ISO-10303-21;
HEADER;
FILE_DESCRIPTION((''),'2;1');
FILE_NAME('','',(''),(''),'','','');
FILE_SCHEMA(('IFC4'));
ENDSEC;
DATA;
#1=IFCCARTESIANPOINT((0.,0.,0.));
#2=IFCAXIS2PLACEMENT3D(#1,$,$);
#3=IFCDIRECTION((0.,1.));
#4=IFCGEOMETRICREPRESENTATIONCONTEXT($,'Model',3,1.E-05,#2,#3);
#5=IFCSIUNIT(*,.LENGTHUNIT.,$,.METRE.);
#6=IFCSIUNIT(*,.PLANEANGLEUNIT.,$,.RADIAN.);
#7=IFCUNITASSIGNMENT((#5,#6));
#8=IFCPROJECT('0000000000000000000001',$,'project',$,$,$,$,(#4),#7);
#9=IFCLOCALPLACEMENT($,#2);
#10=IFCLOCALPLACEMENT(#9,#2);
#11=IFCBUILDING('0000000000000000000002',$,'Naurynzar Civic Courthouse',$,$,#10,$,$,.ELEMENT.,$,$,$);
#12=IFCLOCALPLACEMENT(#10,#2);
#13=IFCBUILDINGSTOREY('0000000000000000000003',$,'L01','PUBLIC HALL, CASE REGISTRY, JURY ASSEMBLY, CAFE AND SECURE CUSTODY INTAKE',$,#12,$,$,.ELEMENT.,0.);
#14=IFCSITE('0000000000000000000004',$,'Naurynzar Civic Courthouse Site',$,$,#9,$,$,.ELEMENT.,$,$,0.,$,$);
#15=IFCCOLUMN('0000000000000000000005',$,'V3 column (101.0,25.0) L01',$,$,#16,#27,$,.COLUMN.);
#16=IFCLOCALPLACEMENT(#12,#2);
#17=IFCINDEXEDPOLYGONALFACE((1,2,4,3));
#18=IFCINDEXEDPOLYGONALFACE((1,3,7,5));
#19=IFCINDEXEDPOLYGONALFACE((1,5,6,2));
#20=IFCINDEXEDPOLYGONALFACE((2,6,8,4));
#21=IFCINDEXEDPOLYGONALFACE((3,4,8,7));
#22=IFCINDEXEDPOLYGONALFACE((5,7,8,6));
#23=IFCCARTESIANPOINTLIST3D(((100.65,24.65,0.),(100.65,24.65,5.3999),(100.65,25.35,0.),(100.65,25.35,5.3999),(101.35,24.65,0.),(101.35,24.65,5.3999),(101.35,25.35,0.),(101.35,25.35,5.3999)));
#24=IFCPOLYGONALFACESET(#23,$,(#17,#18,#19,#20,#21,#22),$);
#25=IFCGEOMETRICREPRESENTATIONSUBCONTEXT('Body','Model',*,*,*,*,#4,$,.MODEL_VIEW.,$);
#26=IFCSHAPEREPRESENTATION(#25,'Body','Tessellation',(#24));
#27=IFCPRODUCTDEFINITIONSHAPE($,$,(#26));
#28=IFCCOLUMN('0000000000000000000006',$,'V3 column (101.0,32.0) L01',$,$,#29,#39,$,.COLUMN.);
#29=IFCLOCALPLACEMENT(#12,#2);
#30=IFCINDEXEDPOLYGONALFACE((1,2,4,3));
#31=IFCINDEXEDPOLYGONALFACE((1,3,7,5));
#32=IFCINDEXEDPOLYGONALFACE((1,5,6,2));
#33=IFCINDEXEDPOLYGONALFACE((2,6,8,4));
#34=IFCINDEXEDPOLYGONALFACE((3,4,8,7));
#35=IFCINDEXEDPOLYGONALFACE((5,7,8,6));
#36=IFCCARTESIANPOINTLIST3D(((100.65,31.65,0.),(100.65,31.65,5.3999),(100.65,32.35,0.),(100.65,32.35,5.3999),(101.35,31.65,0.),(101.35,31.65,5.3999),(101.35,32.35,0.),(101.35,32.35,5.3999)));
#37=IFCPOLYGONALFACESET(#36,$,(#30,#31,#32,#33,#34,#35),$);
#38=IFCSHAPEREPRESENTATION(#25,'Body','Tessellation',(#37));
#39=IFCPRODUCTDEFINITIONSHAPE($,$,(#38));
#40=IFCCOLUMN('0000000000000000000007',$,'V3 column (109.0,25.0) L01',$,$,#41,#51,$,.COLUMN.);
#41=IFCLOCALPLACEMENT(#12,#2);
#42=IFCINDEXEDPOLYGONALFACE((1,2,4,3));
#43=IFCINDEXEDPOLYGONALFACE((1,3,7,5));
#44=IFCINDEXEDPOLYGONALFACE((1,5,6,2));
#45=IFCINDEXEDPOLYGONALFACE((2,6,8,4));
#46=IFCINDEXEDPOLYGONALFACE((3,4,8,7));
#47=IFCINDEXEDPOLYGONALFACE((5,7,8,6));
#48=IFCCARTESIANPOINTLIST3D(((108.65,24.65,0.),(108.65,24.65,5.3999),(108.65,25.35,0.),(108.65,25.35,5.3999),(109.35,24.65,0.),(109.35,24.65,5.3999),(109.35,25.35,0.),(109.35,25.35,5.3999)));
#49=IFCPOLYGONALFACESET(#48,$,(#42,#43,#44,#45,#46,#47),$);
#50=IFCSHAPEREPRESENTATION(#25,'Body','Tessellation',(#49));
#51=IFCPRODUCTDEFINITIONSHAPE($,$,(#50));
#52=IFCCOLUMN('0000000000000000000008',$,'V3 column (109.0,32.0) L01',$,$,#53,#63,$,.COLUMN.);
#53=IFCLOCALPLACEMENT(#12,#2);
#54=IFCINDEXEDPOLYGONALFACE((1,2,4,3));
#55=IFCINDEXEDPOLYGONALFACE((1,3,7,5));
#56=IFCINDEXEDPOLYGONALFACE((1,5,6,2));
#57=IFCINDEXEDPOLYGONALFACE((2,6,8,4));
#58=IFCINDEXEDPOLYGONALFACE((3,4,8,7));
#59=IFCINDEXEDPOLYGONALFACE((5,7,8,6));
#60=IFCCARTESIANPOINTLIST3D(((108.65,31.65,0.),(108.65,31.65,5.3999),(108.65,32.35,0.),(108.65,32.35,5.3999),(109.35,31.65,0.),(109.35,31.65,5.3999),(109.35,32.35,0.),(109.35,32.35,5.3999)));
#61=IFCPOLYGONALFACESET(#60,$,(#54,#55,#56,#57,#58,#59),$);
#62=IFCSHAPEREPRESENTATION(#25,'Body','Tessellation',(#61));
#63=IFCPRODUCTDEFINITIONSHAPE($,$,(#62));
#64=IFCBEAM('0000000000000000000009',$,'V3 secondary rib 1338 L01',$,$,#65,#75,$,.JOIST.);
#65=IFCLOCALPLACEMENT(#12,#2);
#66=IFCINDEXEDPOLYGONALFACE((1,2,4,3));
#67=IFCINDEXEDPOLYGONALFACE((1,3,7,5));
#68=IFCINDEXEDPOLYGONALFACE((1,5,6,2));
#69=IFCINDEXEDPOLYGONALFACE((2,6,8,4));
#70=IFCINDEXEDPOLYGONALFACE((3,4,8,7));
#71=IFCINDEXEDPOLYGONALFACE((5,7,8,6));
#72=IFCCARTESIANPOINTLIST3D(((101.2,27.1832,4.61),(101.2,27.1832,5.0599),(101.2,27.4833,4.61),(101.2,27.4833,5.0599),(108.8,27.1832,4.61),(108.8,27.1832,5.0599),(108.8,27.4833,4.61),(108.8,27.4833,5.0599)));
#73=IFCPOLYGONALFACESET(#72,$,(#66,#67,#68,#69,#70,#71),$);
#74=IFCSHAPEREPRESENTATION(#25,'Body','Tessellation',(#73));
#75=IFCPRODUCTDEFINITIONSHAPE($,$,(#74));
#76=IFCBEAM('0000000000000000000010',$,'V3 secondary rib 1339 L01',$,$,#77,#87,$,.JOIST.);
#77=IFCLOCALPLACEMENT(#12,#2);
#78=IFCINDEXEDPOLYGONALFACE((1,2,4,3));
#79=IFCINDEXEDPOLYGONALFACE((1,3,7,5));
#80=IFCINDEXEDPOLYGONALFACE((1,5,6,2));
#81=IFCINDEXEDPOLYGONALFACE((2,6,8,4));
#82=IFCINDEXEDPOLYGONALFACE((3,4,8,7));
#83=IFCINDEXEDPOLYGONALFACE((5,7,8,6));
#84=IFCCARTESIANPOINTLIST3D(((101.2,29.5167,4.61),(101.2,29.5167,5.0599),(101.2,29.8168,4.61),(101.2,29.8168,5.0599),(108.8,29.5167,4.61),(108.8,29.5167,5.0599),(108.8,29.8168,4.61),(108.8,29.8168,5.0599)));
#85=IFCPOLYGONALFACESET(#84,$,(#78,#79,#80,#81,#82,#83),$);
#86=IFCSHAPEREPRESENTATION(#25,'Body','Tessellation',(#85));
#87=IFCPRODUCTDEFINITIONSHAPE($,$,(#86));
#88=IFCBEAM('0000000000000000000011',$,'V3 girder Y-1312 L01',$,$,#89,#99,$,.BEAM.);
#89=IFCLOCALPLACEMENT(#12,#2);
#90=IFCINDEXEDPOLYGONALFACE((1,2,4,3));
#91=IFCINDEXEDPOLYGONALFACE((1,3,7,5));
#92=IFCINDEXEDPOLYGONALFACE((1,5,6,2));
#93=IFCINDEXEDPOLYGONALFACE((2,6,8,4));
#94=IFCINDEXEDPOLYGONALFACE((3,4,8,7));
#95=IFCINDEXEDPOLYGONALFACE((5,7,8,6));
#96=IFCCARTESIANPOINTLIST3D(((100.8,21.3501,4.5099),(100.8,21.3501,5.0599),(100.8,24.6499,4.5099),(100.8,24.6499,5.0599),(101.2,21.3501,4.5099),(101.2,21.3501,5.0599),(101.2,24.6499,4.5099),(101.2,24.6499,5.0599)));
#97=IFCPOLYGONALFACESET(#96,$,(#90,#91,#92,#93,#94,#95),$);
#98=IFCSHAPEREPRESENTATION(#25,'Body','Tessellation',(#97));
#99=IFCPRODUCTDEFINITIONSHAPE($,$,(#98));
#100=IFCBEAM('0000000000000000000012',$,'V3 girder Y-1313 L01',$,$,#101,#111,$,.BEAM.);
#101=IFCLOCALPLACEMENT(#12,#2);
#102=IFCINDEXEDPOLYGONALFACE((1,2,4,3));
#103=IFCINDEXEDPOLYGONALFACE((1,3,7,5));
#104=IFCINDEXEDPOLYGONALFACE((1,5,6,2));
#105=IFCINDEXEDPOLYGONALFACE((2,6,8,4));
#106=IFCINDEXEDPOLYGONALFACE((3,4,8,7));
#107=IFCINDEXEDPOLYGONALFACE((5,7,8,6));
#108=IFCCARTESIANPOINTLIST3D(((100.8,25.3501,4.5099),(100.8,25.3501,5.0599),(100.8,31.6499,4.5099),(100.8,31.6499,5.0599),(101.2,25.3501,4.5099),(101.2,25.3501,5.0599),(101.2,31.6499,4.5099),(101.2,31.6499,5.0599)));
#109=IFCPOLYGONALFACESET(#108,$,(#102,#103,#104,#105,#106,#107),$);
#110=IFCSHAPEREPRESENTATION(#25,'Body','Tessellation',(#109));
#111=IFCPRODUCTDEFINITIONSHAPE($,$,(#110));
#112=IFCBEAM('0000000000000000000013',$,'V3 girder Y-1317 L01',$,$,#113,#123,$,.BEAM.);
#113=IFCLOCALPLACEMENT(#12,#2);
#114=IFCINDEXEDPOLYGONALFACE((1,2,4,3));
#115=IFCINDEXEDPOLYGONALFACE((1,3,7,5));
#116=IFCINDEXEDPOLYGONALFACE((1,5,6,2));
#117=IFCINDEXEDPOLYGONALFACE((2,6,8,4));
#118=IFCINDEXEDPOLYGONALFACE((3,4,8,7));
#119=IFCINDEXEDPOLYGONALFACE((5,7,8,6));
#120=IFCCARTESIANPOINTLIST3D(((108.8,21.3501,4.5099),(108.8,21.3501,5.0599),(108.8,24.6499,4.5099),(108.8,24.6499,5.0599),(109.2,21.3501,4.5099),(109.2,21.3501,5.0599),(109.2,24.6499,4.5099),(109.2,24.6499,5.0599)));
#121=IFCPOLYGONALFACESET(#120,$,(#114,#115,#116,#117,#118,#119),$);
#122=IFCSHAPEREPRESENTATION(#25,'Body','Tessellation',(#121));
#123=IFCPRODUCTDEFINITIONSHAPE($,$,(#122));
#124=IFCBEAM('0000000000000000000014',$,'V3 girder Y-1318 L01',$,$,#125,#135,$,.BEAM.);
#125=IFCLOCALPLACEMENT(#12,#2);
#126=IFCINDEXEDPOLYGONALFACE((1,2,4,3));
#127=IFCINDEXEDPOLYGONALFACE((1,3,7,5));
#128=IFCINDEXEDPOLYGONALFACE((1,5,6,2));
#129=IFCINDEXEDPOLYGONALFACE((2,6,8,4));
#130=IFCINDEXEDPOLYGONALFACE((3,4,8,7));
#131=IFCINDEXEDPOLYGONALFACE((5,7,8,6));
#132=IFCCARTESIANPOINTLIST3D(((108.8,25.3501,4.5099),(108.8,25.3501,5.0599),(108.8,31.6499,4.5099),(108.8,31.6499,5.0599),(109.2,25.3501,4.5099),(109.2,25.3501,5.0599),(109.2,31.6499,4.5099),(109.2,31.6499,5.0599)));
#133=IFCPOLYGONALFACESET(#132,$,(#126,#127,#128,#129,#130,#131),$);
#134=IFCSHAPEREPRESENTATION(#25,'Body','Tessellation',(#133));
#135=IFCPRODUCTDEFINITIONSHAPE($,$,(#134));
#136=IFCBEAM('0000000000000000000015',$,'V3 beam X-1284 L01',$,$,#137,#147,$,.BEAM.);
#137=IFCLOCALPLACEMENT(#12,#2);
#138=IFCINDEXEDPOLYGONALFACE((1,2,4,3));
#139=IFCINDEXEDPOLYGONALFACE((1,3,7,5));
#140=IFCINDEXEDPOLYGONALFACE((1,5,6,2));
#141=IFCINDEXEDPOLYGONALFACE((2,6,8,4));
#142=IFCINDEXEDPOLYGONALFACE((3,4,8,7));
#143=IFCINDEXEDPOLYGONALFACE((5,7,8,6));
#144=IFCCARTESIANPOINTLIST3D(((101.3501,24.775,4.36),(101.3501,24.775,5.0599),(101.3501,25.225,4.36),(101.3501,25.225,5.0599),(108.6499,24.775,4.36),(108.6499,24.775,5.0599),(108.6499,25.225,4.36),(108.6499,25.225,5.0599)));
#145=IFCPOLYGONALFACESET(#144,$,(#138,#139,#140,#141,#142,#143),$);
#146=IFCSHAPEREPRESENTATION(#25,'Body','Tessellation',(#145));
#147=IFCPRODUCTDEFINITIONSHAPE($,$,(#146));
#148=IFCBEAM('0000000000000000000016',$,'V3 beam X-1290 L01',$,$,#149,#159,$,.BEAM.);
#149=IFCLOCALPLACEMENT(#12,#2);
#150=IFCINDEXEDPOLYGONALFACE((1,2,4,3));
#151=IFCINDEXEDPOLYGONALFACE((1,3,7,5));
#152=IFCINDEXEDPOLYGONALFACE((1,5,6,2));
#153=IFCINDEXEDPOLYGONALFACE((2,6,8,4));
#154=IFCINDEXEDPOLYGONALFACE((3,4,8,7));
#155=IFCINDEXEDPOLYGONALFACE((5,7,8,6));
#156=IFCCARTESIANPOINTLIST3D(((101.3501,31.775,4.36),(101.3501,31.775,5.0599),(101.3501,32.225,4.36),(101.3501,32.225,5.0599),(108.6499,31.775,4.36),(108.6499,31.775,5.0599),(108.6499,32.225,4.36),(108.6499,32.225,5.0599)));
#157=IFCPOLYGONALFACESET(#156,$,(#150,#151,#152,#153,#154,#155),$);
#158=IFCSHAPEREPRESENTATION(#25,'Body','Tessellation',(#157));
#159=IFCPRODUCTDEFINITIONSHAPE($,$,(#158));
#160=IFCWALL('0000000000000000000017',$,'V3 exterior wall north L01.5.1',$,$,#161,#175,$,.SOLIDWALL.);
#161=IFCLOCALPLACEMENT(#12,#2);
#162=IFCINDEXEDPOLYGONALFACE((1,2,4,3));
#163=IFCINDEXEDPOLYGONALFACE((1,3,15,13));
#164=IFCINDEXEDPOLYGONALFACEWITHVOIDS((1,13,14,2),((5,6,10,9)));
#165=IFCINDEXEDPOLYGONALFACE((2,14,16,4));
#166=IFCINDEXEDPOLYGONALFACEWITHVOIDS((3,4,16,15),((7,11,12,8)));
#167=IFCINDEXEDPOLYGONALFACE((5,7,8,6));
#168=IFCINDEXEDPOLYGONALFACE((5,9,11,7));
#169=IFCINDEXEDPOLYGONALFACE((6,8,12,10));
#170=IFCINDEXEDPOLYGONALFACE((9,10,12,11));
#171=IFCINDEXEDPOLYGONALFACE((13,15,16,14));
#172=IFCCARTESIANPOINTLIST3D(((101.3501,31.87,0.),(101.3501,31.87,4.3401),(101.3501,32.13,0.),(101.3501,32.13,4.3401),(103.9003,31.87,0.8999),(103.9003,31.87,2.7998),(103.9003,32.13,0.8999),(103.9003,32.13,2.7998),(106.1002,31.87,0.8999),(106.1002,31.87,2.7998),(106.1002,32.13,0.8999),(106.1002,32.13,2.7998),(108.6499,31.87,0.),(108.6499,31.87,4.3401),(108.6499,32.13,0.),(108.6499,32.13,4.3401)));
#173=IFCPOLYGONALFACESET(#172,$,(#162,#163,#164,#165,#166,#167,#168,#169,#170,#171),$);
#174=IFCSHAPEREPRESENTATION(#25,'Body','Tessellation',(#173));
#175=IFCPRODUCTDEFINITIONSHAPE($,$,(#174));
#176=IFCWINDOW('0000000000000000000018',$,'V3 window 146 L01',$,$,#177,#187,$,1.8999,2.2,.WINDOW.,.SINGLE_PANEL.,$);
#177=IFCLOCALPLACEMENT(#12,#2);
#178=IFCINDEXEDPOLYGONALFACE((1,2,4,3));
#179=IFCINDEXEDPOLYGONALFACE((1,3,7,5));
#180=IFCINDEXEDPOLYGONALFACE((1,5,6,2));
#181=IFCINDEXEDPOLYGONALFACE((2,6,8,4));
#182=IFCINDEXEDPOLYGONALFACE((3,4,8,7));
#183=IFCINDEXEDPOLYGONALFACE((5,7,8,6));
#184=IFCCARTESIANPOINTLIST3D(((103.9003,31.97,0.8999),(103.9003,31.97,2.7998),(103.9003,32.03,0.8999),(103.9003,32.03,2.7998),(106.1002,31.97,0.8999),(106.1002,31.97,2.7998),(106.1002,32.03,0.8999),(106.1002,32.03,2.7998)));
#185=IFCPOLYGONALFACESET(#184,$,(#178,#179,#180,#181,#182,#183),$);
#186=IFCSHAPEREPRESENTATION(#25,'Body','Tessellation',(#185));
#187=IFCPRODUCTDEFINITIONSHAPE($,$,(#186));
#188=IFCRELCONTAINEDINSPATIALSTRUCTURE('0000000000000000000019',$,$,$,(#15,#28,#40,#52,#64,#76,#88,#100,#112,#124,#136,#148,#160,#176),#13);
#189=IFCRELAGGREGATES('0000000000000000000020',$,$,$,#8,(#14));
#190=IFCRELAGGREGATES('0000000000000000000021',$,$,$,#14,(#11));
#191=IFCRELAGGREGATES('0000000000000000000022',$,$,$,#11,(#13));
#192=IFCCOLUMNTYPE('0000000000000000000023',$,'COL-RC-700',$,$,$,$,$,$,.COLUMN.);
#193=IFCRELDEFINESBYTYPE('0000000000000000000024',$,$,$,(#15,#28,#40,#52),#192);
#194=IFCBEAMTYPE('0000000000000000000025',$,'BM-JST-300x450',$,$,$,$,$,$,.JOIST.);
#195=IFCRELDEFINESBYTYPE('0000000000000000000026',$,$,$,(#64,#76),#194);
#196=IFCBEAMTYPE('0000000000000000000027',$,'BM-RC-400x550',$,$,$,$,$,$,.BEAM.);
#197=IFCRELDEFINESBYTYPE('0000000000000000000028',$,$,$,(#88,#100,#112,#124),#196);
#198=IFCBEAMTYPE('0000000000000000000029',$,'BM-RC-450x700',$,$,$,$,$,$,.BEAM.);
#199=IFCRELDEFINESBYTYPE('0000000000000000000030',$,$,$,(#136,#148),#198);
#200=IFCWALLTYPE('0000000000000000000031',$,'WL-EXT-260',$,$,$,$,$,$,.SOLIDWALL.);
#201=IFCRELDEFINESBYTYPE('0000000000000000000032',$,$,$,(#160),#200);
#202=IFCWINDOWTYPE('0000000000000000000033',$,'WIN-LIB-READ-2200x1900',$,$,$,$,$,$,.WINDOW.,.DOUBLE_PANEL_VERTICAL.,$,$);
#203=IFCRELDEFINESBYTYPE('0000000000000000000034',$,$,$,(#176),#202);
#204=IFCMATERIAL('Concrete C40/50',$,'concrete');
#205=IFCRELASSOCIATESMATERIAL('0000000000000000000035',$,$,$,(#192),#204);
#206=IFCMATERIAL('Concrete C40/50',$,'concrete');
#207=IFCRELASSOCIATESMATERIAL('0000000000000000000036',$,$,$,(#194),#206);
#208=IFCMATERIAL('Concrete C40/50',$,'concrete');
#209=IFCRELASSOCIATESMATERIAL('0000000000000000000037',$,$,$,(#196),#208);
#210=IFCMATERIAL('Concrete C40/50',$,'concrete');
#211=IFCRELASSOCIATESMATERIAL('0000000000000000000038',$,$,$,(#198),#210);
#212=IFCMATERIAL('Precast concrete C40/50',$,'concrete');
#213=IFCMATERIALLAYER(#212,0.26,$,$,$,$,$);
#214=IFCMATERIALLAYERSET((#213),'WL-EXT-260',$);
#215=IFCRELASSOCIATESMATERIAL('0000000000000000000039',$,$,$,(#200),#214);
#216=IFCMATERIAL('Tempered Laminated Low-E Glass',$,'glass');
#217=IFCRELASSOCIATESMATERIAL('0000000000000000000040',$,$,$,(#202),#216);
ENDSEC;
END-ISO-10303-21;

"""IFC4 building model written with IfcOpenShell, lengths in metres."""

from ifc_helpers import new_model, si_unit, direction, frame, frame_2d, origin, origin_2d, place, context, subcontext, project, spatial, rectangle, extrude, material, layer, layer_set, material_profile, profile_set, type_object, element, fill, save


model = new_model("IFC4")

# Units and contexts
model_context = context("Model", 3, precision=1e-05, world=origin(), true_north=direction((0.0, 1.0)))
body_context = subcontext(model_context, "Body", "Model", "MODEL_VIEW")
ifc_project = project(units=[si_unit("LENGTHUNIT", "METRE"), si_unit("PLANEANGLEUNIT", "RADIAN")], contexts=[model_context])

# Site, building, storey
site_placement = place(None, origin())
site = spatial("IfcSite", under=ifc_project, at=site_placement, Name="Naurynzar Civic Courthouse Site", CompositionType="ELEMENT", RefElevation=0.0)
building_placement = place(site_placement, origin())
building = spatial("IfcBuilding", under=site, at=building_placement, Name="Naurynzar Civic Courthouse", CompositionType="ELEMENT")
storey_placement = place(building_placement, origin())
storey = spatial("IfcBuildingStorey", under=building, at=storey_placement, Name="L01", Description="PUBLIC HALL, CASE REGISTRY, JURY ASSEMBLY, CAFE AND SECURE CUSTODY INTAKE", CompositionType="ELEMENT", Elevation=0.0)

# Columns
ifc_material_1 = material(Name="Concrete C40/50", Category="concrete")
ifc_material_profile_1 = material_profile(ifc_material_1, rectangle(XDim=0.7, YDim=0.7, at=origin_2d()), Name="RC 700x700")
ifc_profile_set_1 = profile_set([ifc_material_profile_1], Name="Concrete C40/50")
column_type = type_object("IfcColumnType", Name="COL-RC-700", PredefinedType="COLUMN", material=ifc_profile_set_1)
for number, where, z_axis, x_axis, name in (
    (1, (101.0, 25.0, 0.0), (0.0, 0.0, 1.0), (1.0, 0.0, 0.0), "V3 column (101.0,25.0) L01"),
    (2, (101.0, 32.0, 0.0), (0.0, 0.0, 1.0), (1.0, 0.0, 0.0), "V3 column (101.0,32.0) L01"),
    (3, (109.0, 25.0, 0.0), (0.0, 0.0, 1.0), (1.0, 0.0, 0.0), "V3 column (109.0,25.0) L01"),
    (4, (109.0, 32.0, 0.0), (0.0, 0.0, 1.0), (1.0, 0.0, 0.0), "V3 column (109.0,32.0) L01"),
):
    element("IfcColumn", number, at=place(storey_placement, frame(where, z_axis=z_axis, x_axis=x_axis)), inside=storey, type_object=column_type, Name=name, PredefinedType="COLUMN", context=body_context, shape_type="SweptSolid", body=[
        extrude(rectangle(XDim=0.7, YDim=0.7, at=origin_2d()), origin(), (0.0, 0.0, 1.0), 5.3999),
    ])

# Beams
ifc_material_2 = material(Name="Concrete C40/50", Category="concrete")
ifc_material_profile_2 = material_profile(ifc_material_2, rectangle(XDim=0.3, YDim=0.45, at=origin_2d()), Name="RCJ 300x450")
ifc_profile_set_2 = profile_set([ifc_material_profile_2], Name="Concrete C40/50")
beam_type_1 = type_object("IfcBeamType", Name="BM-JST-300x450", PredefinedType="JOIST", material=ifc_profile_set_2)
for number, where, z_axis, x_axis, name in (
    (5, (101.2, 27.3333, 4.835), (1.0, 0.0, 0.0), (0.0, 1.0, 0.0), "V3 secondary rib 1338 L01"),
    (6, (101.2, 29.6667, 4.835), (1.0, 0.0, 0.0), (0.0, 1.0, 0.0), "V3 secondary rib 1339 L01"),
):
    element("IfcBeam", number, at=place(storey_placement, frame(where, z_axis=z_axis, x_axis=x_axis)), inside=storey, type_object=beam_type_1, Name=name, PredefinedType="JOIST", context=body_context, shape_type="SweptSolid", body=[
        extrude(rectangle(XDim=0.3, YDim=0.45, at=origin_2d()), origin(), (0.0, 0.0, 1.0), 7.6001),
    ])
ifc_material_3 = material(Name="Concrete C40/50", Category="concrete")
ifc_material_profile_3 = material_profile(ifc_material_3, rectangle(XDim=0.3999, YDim=0.55, at=origin_2d()), Name="RCB 400x550")
ifc_profile_set_3 = profile_set([ifc_material_profile_3], Name="Concrete C40/50")
beam_type_2 = type_object("IfcBeamType", Name="BM-RC-400x550", PredefinedType="BEAM", material=ifc_profile_set_3)
beam_1_placement = place(storey_placement, frame((101.0, 21.3501, 4.7849), z_axis=(0.0, 1.0, 0.0), x_axis=(-1.0, 0.0, 0.0)))
element("IfcBeam", 7, at=beam_1_placement, inside=storey, type_object=beam_type_2, Name="V3 girder Y-1312 L01", PredefinedType="BEAM", context=body_context, shape_type="SweptSolid", body=[
    extrude(rectangle(XDim=0.3999, YDim=0.55, at=origin_2d()), origin(), (0.0, 0.0, 1.0), 3.2998),
])
beam_2_placement = place(storey_placement, frame((101.0, 25.3501, 4.7849), z_axis=(0.0, 1.0, 0.0), x_axis=(-1.0, 0.0, 0.0)))
element("IfcBeam", 8, at=beam_2_placement, inside=storey, type_object=beam_type_2, Name="V3 girder Y-1313 L01", PredefinedType="BEAM", context=body_context, shape_type="SweptSolid", body=[
    extrude(rectangle(XDim=0.3999, YDim=0.55, at=origin_2d()), origin(), (0.0, 0.0, 1.0), 6.2998),
])
beam_3_placement = place(storey_placement, frame((109.0, 21.3501, 4.7849), z_axis=(0.0, 1.0, 0.0), x_axis=(-1.0, 0.0, 0.0)))
element("IfcBeam", 9, at=beam_3_placement, inside=storey, type_object=beam_type_2, Name="V3 girder Y-1317 L01", PredefinedType="BEAM", context=body_context, shape_type="SweptSolid", body=[
    extrude(rectangle(XDim=0.3999, YDim=0.55, at=origin_2d()), origin(), (0.0, 0.0, 1.0), 3.2998),
])
beam_4_placement = place(storey_placement, frame((109.0, 25.3501, 4.7849), z_axis=(0.0, 1.0, 0.0), x_axis=(-1.0, 0.0, 0.0)))
element("IfcBeam", 10, at=beam_4_placement, inside=storey, type_object=beam_type_2, Name="V3 girder Y-1318 L01", PredefinedType="BEAM", context=body_context, shape_type="SweptSolid", body=[
    extrude(rectangle(XDim=0.3999, YDim=0.55, at=origin_2d()), origin(), (0.0, 0.0, 1.0), 6.2998),
])
ifc_material_4 = material(Name="Concrete C40/50", Category="concrete")
ifc_material_profile_4 = material_profile(ifc_material_4, rectangle(XDim=0.45, YDim=0.7, at=origin_2d()), Name="RCB 450x700")
ifc_profile_set_4 = profile_set([ifc_material_profile_4], Name="Concrete C40/50")
beam_type_3 = type_object("IfcBeamType", Name="BM-RC-450x700", PredefinedType="BEAM", material=ifc_profile_set_4)
for number, where, z_axis, x_axis, name in (
    (11, (101.3501, 25.0, 4.71), (1.0, 0.0, 0.0), (0.0, 1.0, 0.0), "V3 beam X-1284 L01"),
    (12, (101.3501, 32.0, 4.71), (1.0, 0.0, 0.0), (0.0, 1.0, 0.0), "V3 beam X-1290 L01"),
):
    element("IfcBeam", number, at=place(storey_placement, frame(where, z_axis=z_axis, x_axis=x_axis)), inside=storey, type_object=beam_type_3, Name=name, PredefinedType="BEAM", context=body_context, shape_type="SweptSolid", body=[
        extrude(rectangle(XDim=0.45, YDim=0.7, at=origin_2d()), origin(), (0.0, 0.0, 1.0), 7.2998),
    ])

# Wall, opening, window
ifc_material_5 = material(Name="Precast concrete C40/50", Category="concrete")
ifc_layer_1 = layer(ifc_material_5, 0.26)
ifc_layer_set_1 = layer_set([ifc_layer_1], Name="WL-EXT-260")
wall_type_1 = type_object("IfcWallType", Name="WL-EXT-260", PredefinedType="SOLIDWALL", material=ifc_layer_set_1)
wall_1_placement = place(storey_placement, frame((101.3501, 32.0, 0.0), z_axis=(0.0, 0.0, 1.0), x_axis=(1.0, 0.0, 0.0)))
wall_1 = element("IfcWall", 13, at=wall_1_placement, inside=storey, type_object=wall_type_1, Name="V3 exterior wall north L01.5.1", PredefinedType="SOLIDWALL", context=body_context, shape_type="SweptSolid", body=[
    extrude(rectangle(XDim=7.2998, YDim=0.26, at=frame_2d((3.6499, 0.0))), origin(), (0.0, 0.0, 1.0), 4.3401),
])
opening_1_placement = place(wall_1_placement, frame((2.55, 0.0, 0.8999)))
opening_1 = element("IfcOpeningElement", 14, at=opening_1_placement, cuts=wall_1, PredefinedType="OPENING", context=body_context, shape_type="SweptSolid", body=[
    extrude(rectangle(XDim=2.2, YDim=1.8999, at=frame_2d((1.1001, 0.95))), frame((0.0, 0.1399, 0.0), z_axis=(0.0, -1.0, 0.0), x_axis=(1.0, 0.0, 0.0)), (0.0, 0.0, 1.0), 0.28),
])
ifc_material_6 = material(Name="Tempered Laminated Low-E Glass", Category="glass")
window_type = type_object("IfcWindowType", Name="WIN-LIB-READ-2200x1900", PartitioningType="DOUBLE_PANEL_VERTICAL", PredefinedType="WINDOW", material=ifc_material_6)
window_placement = place(opening_1_placement, origin())
window = element("IfcWindow", 15, at=window_placement, inside=storey, type_object=window_type, Name="V3 window 146 L01", OverallHeight=1.8999, OverallWidth=2.2, PartitioningType="SINGLE_PANEL", PredefinedType="WINDOW", context=body_context, shape_type="SweptSolid", body=[
    extrude(rectangle(XDim=2.2, YDim=1.8999, at=frame_2d((1.1001, 0.95))), frame((0.0, 0.03, 0.0), z_axis=(0.0, -1.0, 0.0), x_axis=(1.0, 0.0, 0.0)), (0.0, 0.0, 1.0), 0.0601),
])
fill(opening_1, window)

save(model, "model.ifc")
